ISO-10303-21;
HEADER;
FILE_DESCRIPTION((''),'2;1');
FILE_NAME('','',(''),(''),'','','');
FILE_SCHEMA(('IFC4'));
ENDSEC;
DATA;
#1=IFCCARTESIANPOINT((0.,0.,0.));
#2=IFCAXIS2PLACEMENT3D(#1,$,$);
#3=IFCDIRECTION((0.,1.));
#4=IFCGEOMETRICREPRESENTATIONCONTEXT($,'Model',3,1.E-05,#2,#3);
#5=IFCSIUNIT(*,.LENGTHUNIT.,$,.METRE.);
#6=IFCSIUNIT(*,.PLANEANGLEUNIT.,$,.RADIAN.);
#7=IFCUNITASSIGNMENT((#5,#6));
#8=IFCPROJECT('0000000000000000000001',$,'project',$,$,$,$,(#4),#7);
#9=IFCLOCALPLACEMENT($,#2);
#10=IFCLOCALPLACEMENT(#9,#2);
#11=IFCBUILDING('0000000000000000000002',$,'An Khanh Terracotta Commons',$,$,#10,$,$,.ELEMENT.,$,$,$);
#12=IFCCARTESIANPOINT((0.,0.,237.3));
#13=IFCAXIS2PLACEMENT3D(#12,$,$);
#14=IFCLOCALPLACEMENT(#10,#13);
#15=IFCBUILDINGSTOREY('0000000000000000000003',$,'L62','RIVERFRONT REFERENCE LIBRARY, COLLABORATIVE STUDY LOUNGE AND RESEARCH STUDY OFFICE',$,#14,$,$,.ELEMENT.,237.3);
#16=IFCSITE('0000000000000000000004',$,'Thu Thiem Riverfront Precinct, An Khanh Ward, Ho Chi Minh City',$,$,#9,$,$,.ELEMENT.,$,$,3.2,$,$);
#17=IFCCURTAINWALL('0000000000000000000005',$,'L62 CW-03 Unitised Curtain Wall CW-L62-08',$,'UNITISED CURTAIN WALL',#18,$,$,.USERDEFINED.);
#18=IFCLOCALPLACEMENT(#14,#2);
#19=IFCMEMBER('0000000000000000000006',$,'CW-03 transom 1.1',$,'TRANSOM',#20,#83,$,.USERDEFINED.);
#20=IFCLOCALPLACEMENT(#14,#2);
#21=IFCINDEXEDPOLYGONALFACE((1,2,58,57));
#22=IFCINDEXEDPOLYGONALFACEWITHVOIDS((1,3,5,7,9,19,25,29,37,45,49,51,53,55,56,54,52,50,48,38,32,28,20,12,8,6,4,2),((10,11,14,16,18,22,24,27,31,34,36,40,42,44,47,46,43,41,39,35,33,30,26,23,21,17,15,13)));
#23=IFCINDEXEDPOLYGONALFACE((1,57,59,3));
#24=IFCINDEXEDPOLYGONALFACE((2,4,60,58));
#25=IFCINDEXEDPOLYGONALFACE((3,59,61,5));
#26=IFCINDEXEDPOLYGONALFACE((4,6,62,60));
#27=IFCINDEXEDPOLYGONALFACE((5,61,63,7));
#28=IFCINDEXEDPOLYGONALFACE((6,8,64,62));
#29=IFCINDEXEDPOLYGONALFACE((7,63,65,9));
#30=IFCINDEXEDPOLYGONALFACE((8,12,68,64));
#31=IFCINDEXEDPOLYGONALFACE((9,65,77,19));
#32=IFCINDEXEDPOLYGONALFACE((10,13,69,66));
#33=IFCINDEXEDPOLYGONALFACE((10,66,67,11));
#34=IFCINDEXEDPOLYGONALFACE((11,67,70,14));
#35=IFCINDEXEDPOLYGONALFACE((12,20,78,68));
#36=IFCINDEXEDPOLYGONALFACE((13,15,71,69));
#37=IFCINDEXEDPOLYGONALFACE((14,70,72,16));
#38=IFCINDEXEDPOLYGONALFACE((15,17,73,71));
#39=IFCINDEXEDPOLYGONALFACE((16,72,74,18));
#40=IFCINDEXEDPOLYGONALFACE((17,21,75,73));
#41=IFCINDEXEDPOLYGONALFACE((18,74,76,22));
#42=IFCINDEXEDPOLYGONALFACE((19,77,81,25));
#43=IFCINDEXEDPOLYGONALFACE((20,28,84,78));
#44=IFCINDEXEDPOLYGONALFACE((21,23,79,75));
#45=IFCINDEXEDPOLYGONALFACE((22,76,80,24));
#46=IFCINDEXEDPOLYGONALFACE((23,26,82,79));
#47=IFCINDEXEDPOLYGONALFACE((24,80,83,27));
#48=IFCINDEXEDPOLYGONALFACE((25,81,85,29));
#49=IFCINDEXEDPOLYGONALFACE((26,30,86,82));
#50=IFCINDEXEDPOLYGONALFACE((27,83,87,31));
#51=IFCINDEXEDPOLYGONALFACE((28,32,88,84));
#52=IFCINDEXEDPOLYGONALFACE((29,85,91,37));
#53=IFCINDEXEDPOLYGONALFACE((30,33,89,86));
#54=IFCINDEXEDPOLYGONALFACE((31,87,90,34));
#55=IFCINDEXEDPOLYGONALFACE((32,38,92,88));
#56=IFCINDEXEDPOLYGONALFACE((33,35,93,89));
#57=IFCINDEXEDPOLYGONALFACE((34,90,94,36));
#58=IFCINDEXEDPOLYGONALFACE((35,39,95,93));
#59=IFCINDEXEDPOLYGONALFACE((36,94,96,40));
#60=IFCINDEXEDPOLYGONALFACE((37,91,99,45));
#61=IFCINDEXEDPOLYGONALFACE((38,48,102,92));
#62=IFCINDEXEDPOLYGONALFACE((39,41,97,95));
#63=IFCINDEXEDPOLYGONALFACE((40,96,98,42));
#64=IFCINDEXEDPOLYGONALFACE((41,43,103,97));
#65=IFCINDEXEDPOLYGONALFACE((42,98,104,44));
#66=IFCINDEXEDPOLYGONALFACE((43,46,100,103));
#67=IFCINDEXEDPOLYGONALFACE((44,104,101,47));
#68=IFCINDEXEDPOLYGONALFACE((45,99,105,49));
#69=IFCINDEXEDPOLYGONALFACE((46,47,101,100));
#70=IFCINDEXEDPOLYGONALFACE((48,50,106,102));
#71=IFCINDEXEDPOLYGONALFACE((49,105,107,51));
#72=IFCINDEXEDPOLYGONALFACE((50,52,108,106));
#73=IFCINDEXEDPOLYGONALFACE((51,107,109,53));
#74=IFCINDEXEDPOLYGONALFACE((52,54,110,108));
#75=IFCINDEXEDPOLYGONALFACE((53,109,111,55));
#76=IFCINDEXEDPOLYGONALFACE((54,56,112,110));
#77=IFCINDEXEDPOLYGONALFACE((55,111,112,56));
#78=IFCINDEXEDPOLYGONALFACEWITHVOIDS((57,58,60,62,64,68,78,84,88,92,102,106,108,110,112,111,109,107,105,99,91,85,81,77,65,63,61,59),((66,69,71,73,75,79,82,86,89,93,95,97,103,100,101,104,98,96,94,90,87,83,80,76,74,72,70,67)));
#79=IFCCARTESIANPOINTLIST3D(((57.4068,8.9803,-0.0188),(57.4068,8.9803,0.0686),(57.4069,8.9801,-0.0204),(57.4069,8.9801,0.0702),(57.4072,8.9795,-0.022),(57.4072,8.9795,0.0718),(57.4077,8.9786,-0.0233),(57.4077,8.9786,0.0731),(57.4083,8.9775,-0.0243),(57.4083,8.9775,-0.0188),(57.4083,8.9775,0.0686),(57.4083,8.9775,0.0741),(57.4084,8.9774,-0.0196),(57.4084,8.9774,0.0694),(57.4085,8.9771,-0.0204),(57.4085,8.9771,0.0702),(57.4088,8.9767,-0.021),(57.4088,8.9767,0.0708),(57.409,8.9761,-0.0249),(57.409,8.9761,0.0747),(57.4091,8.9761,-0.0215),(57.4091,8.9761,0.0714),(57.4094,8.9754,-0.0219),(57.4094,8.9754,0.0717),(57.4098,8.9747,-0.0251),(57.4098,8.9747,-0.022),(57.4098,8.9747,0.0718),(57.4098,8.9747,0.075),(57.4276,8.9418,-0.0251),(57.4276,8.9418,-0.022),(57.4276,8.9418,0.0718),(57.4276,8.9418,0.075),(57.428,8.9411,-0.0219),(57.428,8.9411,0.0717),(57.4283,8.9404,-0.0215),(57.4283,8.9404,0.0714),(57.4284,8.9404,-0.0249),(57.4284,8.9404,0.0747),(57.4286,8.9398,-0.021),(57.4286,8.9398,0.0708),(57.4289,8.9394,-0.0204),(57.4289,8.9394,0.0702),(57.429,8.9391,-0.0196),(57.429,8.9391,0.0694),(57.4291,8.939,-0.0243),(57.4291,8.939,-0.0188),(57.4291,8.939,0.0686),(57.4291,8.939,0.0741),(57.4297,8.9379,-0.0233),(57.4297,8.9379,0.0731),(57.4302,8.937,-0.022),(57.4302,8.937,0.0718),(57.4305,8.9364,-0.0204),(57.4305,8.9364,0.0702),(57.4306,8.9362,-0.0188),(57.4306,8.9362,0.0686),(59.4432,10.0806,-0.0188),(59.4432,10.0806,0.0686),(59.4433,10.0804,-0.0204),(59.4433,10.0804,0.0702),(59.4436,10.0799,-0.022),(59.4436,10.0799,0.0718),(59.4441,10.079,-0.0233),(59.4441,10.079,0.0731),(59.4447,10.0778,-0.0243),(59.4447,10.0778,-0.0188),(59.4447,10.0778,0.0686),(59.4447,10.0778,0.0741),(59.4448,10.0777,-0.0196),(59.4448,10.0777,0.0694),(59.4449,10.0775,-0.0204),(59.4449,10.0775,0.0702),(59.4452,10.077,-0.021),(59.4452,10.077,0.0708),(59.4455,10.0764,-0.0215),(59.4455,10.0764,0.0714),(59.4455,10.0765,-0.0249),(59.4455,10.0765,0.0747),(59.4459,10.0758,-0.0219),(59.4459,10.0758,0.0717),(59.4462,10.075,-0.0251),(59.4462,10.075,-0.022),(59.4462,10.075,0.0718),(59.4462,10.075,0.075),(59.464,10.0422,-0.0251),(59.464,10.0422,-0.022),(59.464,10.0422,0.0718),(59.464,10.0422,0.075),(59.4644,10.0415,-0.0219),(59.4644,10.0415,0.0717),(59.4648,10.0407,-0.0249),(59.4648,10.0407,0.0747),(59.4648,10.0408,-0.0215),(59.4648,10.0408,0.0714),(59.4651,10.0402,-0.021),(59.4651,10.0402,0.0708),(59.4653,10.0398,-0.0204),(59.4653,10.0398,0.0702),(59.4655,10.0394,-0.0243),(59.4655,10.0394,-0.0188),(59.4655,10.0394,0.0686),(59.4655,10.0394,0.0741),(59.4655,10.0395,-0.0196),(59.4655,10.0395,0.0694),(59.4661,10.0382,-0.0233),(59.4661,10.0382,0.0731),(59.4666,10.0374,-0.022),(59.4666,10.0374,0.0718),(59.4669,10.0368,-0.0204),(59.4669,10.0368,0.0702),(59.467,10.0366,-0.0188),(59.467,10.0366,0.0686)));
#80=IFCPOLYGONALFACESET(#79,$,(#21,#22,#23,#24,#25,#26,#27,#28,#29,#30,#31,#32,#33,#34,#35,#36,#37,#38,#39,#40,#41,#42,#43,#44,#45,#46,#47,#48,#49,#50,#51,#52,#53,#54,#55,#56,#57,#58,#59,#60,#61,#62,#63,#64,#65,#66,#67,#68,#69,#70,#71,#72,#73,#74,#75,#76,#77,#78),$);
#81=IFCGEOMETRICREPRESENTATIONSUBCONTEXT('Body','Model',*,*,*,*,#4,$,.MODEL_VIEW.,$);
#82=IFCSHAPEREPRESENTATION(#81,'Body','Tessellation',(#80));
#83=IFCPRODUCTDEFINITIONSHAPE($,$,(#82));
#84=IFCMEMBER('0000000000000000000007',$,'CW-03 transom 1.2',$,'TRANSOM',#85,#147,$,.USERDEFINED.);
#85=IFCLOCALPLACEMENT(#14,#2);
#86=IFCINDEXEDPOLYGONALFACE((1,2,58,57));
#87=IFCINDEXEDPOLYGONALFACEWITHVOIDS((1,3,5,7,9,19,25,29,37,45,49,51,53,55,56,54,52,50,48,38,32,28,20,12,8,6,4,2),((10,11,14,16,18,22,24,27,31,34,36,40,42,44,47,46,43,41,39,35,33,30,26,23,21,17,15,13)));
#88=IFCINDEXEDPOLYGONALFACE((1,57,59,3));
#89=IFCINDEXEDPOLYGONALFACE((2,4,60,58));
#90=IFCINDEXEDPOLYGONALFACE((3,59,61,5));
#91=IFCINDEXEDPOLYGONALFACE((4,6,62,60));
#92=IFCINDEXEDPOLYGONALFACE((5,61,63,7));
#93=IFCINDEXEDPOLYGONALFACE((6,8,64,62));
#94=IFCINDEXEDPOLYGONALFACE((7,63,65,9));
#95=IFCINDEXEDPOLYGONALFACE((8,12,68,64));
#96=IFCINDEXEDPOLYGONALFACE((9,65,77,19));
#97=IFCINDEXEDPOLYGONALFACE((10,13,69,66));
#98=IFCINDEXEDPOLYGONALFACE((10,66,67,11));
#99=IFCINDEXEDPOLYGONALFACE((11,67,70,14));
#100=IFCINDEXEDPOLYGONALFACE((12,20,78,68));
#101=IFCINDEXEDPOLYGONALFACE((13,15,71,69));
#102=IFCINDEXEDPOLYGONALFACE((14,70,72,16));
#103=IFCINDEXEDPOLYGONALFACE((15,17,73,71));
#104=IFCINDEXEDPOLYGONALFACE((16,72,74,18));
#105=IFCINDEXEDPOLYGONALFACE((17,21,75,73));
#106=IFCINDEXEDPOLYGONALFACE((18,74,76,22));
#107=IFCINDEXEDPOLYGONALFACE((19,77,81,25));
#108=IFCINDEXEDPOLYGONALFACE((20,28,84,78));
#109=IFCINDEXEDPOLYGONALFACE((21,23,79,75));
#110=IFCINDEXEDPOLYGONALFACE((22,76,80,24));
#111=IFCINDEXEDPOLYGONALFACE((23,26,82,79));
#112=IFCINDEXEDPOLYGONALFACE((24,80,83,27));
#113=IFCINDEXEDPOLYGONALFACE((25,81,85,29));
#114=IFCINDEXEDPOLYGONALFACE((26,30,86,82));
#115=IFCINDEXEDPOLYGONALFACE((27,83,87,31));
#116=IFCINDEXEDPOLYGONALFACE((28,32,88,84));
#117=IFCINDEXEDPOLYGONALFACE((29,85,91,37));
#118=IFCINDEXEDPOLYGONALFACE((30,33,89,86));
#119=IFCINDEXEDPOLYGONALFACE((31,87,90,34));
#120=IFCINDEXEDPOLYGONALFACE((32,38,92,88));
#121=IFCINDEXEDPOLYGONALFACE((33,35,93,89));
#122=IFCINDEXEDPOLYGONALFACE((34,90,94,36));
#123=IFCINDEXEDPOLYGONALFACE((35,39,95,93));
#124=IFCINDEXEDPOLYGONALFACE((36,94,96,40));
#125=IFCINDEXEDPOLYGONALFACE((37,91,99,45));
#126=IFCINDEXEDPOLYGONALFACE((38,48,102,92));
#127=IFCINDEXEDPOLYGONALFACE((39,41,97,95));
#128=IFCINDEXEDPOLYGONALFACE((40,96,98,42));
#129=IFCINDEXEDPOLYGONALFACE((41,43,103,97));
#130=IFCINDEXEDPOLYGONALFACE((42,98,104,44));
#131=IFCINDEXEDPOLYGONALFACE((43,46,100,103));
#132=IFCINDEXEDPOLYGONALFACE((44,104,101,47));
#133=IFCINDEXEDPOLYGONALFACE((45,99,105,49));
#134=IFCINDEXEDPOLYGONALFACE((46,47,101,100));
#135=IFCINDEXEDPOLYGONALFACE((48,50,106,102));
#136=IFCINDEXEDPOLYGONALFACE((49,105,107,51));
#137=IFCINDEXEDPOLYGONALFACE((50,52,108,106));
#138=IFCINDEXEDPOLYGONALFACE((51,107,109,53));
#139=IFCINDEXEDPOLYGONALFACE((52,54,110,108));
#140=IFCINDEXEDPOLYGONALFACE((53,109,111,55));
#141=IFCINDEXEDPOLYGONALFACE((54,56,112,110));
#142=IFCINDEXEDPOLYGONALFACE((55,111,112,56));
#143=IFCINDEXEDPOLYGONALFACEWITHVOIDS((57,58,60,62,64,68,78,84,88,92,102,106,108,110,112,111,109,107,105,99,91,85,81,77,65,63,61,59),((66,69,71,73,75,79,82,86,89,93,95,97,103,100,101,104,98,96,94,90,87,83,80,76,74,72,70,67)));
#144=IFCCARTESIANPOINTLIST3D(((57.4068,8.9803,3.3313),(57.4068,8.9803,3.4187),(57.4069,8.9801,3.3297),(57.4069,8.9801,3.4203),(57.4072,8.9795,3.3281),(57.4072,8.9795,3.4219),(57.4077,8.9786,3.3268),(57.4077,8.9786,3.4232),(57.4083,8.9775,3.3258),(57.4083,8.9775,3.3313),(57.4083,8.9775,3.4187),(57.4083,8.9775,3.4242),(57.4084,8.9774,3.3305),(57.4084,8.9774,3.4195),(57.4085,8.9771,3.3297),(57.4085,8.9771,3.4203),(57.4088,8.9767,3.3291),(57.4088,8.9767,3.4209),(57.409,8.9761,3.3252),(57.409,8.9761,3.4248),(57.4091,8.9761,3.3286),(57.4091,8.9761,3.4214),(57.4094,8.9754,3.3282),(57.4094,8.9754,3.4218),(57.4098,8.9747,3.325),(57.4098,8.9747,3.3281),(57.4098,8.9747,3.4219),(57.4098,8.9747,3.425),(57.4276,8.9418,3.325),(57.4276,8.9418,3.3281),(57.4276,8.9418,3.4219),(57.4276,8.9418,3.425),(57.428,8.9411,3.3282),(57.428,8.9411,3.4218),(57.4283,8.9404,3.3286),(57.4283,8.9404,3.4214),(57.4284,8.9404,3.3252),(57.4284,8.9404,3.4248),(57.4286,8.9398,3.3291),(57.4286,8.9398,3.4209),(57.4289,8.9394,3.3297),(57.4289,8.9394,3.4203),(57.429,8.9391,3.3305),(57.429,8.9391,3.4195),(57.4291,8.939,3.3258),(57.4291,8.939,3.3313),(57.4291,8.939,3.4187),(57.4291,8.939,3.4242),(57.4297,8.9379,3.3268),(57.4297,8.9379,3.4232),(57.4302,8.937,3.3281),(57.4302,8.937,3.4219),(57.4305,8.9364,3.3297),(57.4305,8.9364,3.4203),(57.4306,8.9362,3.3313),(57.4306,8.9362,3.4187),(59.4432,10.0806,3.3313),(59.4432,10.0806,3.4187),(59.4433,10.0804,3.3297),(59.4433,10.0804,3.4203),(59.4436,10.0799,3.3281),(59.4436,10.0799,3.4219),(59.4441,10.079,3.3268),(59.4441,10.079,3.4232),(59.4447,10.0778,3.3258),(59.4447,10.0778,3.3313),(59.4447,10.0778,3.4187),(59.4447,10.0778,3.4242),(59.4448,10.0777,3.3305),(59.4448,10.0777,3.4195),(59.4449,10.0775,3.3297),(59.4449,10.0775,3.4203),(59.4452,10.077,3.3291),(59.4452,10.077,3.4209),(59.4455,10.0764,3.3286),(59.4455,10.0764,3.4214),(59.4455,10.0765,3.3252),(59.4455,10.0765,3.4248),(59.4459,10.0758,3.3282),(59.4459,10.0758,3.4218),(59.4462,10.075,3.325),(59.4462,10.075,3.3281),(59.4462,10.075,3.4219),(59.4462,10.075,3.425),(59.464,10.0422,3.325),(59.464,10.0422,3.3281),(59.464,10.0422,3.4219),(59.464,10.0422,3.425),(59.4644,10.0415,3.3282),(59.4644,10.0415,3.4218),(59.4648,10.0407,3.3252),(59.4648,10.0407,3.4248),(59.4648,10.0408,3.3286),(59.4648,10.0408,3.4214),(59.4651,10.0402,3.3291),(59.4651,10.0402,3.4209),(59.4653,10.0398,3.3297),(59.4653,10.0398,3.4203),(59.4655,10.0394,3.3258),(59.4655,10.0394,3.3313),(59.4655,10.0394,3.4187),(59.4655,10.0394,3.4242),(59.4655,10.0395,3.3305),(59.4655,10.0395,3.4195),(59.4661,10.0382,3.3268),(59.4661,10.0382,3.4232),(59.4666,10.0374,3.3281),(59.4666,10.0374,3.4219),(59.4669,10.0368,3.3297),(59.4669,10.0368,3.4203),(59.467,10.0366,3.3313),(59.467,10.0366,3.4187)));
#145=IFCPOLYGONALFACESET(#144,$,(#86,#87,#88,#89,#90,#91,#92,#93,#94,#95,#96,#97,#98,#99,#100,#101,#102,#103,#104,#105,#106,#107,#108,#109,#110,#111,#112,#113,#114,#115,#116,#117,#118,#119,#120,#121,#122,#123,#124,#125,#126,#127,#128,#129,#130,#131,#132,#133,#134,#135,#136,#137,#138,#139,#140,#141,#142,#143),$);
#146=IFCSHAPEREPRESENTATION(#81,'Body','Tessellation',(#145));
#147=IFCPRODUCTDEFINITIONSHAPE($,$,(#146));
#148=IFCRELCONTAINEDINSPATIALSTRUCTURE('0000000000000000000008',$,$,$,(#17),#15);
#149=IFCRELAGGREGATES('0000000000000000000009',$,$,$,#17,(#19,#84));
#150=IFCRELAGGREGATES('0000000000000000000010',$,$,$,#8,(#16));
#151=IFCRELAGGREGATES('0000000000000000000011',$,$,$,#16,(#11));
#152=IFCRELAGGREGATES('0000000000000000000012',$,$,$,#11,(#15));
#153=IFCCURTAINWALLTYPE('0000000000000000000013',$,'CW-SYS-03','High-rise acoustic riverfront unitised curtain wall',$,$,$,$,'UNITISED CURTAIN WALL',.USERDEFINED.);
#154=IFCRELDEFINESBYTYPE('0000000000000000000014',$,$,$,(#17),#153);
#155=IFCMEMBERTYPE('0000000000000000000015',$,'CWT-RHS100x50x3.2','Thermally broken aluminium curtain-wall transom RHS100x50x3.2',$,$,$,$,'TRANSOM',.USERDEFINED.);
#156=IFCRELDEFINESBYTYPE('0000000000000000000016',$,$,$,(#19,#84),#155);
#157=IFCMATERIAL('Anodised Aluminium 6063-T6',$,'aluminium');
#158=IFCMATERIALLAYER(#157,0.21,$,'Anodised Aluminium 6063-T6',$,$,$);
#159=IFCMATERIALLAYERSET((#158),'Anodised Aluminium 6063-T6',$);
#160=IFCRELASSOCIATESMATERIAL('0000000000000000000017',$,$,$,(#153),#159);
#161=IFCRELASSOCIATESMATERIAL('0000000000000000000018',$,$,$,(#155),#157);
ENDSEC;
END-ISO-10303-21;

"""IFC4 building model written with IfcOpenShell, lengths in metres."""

from ifc_helpers import new_model, si_unit, direction, frame, origin, origin_2d, place, context, subcontext, project, spatial, hollow_rectangle, extrude, material, layer, layer_set, material_profile, profile_set, type_object, element, aggregate, save


model = new_model("IFC4")

# Units and contexts
model_context = context("Model", 3, precision=1e-05, world=origin(), true_north=direction((0.0, 1.0)))
body_context = subcontext(model_context, "Body", "Model", "MODEL_VIEW")
ifc_project = project(units=[si_unit("LENGTHUNIT", "METRE"), si_unit("PLANEANGLEUNIT", "RADIAN")], contexts=[model_context])

# Site, building, storey
site_placement = place(None, origin())
site = spatial("IfcSite", under=ifc_project, at=site_placement, Name="Thu Thiem Riverfront Precinct, An Khanh Ward, Ho Chi Minh City", CompositionType="ELEMENT", RefElevation=3.2)
building_placement = place(site_placement, origin())
building = spatial("IfcBuilding", under=site, at=building_placement, Name="An Khanh Terracotta Commons", CompositionType="ELEMENT")
storey_placement = place(building_placement, frame((0.0, 0.0, 237.3)))
storey = spatial("IfcBuildingStorey", under=building, at=storey_placement, Name="L62", Description="RIVERFRONT REFERENCE LIBRARY, COLLABORATIVE STUDY LOUNGE AND RESEARCH STUDY OFFICE", CompositionType="ELEMENT", Elevation=237.3)

# Curtain wall, members
ifc_material_1 = material(Name="Anodised Aluminium 6063-T6", Category="aluminium")
ifc_layer_1 = layer(ifc_material_1, 0.21, Name="Anodised Aluminium 6063-T6")
ifc_layer_set_1 = layer_set([ifc_layer_1], Name="Anodised Aluminium 6063-T6")
curtain_wall_type = type_object("IfcCurtainWallType", Name="CW-SYS-03", Description="High-rise acoustic riverfront unitised curtain wall", ElementType="UNITISED CURTAIN WALL", PredefinedType="USERDEFINED", material=ifc_layer_set_1)
curtain_wall_placement = place(storey_placement, origin())
curtain_wall = element("IfcCurtainWall", 1, at=curtain_wall_placement, inside=storey, type_object=curtain_wall_type, Name="L62 CW-03 Unitised Curtain Wall CW-L62-08", ObjectType="UNITISED CURTAIN WALL", PredefinedType="USERDEFINED")
ifc_material_profile_1 = material_profile(ifc_material_1, hollow_rectangle(XDim=0.05, YDim=0.1001, WallThickness=0.0032, InnerFilletRadius=0.0032, OuterFilletRadius=0.0063, at=origin_2d()), Name="RHS100x50x3.2")
ifc_profile_set_1 = profile_set([ifc_material_profile_1], Name="Anodised Aluminium 6063-T6")
member_type_1 = type_object("IfcMemberType", Name="CWT-RHS100x50x3.2", Description="Thermally broken aluminium curtain-wall transom RHS100x50x3.2", ElementType="TRANSOM", PredefinedType="USERDEFINED", material=ifc_profile_set_1)
member_1_placement = place(storey_placement, frame((57.4187, 8.9583, 0.0249), z_axis=(0.879779, 0.475382, 0.0), x_axis=(-0.475382, 0.879779, 0.0)))
member_1 = element("IfcMember", 2, at=member_1_placement, type_object=member_type_1, Name="CW-03 transom 1.1", ObjectType="TRANSOM", PredefinedType="USERDEFINED", context=body_context, shape_type="SweptSolid", body=[
    extrude(hollow_rectangle(XDim=0.05, YDim=0.1001, WallThickness=0.0032, InnerFilletRadius=0.0032, OuterFilletRadius=0.0063, at=origin_2d()), origin(), (0.0, 0.0, 1.0), 2.3147),
])
member_2_placement = place(storey_placement, frame((57.4187, 8.9583, 3.375), z_axis=(0.879779, 0.475382, 0.0), x_axis=(-0.475382, 0.879779, 0.0)))
member_2 = element("IfcMember", 3, at=member_2_placement, type_object=member_type_1, Name="CW-03 transom 1.2", ObjectType="TRANSOM", PredefinedType="USERDEFINED", context=body_context, shape_type="SweptSolid", body=[
    extrude(hollow_rectangle(XDim=0.05, YDim=0.1001, WallThickness=0.0032, InnerFilletRadius=0.0032, OuterFilletRadius=0.0063, at=origin_2d()), origin(), (0.0, 0.0, 1.0), 2.3147),
])
aggregate(curtain_wall, [member_1, member_2])

save(model, "model.ifc")
